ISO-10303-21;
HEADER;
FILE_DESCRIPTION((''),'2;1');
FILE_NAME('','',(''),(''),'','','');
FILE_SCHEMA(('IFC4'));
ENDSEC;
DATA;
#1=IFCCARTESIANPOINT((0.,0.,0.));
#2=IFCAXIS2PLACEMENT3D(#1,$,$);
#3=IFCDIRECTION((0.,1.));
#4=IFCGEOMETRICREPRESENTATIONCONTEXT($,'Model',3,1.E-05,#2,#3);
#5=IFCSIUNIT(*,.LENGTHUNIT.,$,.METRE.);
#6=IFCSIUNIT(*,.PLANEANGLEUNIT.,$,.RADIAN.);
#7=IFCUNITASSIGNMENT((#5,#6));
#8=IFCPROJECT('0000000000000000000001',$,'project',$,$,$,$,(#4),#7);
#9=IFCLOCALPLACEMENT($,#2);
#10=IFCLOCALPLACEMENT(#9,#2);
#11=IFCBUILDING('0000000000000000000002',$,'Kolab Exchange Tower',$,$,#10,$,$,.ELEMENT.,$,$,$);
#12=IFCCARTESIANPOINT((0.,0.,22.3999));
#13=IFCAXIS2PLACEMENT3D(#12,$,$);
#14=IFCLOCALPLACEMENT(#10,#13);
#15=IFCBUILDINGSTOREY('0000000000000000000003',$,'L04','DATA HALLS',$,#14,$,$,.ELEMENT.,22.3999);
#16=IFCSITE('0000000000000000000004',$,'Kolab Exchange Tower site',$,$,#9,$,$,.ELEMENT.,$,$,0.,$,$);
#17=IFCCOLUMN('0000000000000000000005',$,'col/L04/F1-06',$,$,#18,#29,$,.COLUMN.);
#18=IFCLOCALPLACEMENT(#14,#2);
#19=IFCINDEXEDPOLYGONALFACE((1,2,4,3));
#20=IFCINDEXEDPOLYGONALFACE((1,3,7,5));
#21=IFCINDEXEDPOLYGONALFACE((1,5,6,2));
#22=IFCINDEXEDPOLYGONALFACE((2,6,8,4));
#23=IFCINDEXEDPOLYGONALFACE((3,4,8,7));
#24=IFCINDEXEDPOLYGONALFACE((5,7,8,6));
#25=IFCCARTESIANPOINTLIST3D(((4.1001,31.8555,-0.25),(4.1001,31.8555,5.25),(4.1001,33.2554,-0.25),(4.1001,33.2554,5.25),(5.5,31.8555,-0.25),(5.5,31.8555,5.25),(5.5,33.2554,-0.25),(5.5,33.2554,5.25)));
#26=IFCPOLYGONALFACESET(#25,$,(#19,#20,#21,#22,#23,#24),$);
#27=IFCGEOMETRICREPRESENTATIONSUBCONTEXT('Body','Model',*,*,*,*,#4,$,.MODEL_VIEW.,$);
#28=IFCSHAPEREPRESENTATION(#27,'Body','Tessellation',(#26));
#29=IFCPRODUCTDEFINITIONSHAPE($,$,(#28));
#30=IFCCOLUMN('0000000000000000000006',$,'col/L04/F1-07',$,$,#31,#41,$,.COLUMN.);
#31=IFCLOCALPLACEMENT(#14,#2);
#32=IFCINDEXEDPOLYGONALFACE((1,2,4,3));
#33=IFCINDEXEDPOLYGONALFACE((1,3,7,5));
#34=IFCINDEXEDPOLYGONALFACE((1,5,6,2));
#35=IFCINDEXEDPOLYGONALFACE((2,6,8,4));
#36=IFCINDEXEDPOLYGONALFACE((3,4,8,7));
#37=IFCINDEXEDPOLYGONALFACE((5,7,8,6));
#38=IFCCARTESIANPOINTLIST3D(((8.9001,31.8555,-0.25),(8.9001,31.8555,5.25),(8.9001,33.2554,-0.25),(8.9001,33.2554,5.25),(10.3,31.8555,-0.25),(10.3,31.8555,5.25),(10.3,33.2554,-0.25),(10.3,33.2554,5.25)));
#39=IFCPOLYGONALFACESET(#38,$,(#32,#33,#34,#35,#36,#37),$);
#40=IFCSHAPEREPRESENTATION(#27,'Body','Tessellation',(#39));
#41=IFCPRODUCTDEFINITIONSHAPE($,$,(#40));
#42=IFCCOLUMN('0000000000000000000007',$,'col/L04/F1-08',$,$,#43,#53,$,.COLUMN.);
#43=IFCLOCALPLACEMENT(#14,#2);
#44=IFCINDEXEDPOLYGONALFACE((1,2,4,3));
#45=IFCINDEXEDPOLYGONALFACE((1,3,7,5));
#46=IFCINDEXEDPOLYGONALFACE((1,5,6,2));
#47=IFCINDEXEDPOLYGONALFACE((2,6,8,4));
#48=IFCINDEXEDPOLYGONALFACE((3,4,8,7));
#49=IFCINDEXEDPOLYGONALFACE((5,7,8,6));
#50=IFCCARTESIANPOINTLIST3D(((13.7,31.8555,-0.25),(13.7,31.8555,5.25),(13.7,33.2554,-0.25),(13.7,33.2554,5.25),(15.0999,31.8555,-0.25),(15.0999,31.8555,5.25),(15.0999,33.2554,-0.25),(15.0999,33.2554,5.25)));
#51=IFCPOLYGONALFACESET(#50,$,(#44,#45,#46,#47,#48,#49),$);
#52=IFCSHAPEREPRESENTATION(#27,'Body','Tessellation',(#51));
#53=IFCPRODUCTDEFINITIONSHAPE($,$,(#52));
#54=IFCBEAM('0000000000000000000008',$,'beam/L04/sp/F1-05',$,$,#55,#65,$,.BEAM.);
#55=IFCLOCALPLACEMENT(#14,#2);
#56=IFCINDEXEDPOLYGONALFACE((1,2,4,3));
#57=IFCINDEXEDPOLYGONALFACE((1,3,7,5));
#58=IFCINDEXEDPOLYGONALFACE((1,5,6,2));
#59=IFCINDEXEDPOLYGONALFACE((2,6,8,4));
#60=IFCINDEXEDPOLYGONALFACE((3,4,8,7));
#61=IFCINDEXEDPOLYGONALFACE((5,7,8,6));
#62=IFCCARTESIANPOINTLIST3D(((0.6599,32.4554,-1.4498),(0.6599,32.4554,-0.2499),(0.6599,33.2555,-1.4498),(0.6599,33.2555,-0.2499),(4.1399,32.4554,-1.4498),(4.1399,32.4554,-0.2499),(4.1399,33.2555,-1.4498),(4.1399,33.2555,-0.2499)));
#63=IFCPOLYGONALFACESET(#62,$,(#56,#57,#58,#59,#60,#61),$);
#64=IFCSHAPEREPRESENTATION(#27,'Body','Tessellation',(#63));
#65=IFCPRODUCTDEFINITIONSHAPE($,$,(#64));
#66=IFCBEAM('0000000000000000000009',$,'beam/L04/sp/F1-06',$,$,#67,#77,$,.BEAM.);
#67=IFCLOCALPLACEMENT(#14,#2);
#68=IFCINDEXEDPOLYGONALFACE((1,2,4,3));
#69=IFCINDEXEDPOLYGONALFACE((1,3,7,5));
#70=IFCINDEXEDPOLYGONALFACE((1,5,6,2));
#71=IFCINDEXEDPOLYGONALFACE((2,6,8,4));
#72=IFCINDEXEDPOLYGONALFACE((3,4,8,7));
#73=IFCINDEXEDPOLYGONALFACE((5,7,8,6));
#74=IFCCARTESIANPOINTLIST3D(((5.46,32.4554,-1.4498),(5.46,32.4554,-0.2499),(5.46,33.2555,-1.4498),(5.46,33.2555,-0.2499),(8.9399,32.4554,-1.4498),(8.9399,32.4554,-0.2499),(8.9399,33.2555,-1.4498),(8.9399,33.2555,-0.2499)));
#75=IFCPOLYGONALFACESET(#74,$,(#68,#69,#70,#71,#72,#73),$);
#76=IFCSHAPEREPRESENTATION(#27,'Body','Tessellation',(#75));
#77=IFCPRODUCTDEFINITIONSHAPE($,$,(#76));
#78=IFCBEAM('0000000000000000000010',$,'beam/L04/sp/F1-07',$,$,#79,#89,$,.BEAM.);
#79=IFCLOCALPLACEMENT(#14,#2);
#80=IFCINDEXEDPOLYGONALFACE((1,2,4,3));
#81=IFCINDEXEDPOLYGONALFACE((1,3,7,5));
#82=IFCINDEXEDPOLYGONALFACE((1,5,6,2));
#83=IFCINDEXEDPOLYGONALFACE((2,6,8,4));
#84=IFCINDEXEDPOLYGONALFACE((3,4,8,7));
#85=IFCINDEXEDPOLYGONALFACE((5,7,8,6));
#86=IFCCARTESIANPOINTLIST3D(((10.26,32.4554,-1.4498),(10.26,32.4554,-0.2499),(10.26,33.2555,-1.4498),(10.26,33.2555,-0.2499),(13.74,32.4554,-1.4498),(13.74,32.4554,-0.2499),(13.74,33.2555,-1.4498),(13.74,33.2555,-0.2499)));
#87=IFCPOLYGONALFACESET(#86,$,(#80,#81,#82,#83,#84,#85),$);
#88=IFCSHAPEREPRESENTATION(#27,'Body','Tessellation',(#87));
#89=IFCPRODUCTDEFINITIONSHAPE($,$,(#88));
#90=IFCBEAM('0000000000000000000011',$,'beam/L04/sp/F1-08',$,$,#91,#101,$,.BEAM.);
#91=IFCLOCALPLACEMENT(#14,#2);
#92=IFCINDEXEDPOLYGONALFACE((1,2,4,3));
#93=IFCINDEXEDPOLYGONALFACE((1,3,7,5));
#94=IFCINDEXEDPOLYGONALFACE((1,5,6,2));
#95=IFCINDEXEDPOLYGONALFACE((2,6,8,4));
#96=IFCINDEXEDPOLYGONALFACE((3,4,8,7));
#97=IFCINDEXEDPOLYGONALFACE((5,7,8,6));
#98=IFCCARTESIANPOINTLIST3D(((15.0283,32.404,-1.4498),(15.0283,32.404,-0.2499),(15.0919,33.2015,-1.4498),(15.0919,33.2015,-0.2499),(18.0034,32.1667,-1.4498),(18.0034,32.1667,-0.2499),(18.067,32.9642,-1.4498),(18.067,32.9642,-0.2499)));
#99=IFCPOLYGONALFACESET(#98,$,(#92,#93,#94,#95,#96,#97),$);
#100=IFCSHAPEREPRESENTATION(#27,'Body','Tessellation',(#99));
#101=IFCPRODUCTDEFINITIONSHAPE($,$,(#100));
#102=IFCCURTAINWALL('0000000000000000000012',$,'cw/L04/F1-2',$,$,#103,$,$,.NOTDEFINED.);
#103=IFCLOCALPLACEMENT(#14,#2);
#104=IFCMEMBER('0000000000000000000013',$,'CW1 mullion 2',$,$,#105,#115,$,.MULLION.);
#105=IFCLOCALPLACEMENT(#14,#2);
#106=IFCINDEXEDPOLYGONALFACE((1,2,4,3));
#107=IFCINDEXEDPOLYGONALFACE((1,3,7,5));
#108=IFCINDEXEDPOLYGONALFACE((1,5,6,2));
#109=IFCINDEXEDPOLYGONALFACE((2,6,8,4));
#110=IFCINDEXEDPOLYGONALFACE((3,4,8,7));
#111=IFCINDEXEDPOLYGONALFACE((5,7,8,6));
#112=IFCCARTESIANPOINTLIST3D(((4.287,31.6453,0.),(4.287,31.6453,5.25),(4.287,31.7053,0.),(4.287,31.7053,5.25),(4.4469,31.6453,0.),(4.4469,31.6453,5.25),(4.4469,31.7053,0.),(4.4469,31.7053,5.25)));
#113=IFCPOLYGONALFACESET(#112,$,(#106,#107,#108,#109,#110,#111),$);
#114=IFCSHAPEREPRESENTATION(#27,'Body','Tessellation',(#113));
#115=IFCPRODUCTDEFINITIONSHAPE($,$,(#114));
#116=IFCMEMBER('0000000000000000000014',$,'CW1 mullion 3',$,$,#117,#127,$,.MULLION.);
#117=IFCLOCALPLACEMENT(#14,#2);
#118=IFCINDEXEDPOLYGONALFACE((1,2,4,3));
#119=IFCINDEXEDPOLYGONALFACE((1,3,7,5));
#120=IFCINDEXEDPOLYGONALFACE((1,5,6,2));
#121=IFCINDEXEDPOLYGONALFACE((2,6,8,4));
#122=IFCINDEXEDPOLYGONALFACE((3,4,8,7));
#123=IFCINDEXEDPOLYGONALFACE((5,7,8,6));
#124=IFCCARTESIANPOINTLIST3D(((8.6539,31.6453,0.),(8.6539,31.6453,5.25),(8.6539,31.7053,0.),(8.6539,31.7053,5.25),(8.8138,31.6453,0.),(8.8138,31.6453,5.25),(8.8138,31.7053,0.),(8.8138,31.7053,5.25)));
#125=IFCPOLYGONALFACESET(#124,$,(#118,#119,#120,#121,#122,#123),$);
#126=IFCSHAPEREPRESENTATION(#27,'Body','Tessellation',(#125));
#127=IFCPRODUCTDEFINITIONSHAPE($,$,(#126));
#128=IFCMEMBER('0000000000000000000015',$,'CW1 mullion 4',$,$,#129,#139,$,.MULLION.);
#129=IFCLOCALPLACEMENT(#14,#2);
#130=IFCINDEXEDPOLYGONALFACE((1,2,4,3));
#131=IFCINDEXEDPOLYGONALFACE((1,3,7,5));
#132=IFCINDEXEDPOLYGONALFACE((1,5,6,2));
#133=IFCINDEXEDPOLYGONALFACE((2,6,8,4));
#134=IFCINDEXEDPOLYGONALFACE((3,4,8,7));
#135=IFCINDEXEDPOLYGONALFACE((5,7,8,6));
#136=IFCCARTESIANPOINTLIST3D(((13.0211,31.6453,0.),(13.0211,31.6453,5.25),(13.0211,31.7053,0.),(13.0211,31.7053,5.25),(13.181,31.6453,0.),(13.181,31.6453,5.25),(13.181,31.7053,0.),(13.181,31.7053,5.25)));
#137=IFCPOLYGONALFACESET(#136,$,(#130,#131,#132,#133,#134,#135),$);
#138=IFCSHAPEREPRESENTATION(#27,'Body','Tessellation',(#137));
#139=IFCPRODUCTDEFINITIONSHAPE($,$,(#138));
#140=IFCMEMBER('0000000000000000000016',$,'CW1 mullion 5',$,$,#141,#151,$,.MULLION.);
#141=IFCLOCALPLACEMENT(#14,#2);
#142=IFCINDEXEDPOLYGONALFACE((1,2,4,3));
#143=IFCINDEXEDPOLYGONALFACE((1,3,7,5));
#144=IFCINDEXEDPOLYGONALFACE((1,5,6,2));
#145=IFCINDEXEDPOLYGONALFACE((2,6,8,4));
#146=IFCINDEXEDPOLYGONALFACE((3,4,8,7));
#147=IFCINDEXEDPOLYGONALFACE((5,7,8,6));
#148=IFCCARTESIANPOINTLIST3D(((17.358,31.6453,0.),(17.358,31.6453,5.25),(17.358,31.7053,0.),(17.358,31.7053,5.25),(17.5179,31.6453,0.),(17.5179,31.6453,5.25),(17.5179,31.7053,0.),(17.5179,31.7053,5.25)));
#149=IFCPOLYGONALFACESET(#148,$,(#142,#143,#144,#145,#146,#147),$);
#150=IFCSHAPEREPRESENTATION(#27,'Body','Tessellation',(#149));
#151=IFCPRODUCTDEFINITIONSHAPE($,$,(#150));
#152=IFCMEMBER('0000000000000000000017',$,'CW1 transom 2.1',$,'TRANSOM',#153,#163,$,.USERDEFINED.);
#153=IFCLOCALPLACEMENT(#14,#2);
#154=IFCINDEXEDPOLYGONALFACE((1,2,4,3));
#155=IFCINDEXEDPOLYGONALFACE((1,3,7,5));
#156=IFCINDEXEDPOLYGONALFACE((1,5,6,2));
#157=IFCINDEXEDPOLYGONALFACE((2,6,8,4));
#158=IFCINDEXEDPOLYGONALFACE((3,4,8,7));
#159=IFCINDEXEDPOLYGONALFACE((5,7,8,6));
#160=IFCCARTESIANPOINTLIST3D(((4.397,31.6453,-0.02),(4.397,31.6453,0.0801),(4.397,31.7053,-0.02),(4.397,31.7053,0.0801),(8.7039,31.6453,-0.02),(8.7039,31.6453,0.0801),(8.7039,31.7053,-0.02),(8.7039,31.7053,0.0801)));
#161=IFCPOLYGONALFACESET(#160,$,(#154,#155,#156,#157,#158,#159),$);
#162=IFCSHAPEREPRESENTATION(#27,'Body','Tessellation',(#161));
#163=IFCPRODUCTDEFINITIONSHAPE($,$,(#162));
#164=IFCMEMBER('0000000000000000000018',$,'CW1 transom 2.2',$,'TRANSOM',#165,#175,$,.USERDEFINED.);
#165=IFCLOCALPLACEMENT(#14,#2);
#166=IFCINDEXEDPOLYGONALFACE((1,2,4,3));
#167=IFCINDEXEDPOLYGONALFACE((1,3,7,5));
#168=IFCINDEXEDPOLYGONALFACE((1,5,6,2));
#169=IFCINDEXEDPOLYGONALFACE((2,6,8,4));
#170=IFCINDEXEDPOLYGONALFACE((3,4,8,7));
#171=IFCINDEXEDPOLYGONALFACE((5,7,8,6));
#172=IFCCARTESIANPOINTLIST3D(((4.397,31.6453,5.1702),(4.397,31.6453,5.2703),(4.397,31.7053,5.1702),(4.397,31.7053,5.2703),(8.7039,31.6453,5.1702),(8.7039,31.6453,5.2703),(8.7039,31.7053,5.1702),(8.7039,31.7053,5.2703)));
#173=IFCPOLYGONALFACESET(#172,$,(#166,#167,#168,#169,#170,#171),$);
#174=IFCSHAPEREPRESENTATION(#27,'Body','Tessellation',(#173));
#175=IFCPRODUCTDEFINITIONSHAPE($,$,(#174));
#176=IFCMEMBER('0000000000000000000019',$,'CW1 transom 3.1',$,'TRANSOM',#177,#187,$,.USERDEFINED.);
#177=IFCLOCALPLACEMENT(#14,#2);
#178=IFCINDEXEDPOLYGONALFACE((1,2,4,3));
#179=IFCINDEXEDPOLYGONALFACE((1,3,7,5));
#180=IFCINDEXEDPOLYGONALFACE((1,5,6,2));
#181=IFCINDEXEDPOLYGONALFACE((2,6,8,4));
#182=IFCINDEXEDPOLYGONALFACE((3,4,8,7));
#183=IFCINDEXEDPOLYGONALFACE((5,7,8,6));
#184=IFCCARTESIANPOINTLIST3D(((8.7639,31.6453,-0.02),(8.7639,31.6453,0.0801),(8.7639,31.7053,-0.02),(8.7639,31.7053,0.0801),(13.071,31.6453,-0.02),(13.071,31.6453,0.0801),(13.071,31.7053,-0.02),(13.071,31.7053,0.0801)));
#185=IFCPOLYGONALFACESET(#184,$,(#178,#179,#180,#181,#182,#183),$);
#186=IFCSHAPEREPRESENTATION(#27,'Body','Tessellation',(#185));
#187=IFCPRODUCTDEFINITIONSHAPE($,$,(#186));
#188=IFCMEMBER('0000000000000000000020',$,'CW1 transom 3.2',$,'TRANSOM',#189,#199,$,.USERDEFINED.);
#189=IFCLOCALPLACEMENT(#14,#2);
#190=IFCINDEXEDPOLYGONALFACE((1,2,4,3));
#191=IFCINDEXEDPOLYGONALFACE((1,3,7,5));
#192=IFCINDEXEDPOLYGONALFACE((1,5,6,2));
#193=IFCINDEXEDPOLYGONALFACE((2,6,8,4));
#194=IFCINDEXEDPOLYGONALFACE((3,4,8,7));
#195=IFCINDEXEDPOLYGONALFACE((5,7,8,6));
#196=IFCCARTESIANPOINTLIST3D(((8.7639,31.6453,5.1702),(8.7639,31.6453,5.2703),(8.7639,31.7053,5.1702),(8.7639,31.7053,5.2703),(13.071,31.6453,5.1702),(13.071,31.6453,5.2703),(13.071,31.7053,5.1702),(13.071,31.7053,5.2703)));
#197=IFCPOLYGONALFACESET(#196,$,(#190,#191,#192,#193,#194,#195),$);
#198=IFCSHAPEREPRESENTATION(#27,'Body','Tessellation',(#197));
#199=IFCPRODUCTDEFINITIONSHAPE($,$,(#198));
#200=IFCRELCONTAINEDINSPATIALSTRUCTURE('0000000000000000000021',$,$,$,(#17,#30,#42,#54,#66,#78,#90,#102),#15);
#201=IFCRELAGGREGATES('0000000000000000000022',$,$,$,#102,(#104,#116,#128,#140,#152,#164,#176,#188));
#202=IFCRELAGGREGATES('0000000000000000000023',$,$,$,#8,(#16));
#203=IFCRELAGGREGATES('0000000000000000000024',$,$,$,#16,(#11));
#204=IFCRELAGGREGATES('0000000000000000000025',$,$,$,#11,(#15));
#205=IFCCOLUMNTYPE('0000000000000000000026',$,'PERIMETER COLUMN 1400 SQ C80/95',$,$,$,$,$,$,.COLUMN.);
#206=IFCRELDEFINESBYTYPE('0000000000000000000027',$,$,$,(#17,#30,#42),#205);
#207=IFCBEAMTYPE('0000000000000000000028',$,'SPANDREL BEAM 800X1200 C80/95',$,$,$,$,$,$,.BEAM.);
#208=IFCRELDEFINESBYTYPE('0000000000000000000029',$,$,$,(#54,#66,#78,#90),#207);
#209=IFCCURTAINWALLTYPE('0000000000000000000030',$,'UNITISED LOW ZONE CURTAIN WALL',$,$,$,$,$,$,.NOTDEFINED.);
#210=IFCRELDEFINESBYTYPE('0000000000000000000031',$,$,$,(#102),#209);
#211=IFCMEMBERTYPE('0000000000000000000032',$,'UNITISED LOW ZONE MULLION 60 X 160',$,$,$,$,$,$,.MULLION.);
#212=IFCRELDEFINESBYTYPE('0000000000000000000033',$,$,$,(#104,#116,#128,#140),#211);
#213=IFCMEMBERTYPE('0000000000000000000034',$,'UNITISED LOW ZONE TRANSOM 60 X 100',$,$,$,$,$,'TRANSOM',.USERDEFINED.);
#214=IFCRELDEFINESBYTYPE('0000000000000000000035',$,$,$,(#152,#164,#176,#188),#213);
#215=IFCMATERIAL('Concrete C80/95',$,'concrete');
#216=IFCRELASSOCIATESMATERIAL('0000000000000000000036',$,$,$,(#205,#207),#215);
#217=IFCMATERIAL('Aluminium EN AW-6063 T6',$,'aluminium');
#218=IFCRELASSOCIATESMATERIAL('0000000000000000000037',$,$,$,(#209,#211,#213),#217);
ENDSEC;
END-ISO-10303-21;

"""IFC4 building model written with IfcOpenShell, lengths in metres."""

from ifc_helpers import new_model, si_unit, direction, frame, origin, origin_2d, place, context, subcontext, project, spatial, rectangle, extrude, material, material_profile, profile_set, type_object, element, aggregate, save


model = new_model("IFC4")

# Units and contexts
model_context = context("Model", 3, precision=1e-05, world=origin(), true_north=direction((0.0, 1.0)))
body_context = subcontext(model_context, "Body", "Model", "MODEL_VIEW")
ifc_project = project(units=[si_unit("LENGTHUNIT", "METRE"), si_unit("PLANEANGLEUNIT", "RADIAN")], contexts=[model_context])

# Site, building, storey
site_placement = place(None, origin())
site = spatial("IfcSite", under=ifc_project, at=site_placement, Name="Kolab Exchange Tower site", CompositionType="ELEMENT", RefElevation=0.0)
building_placement = place(site_placement, origin())
building = spatial("IfcBuilding", under=site, at=building_placement, Name="Kolab Exchange Tower", CompositionType="ELEMENT")
storey_placement = place(building_placement, frame((0.0, 0.0, 22.3999)))
storey = spatial("IfcBuildingStorey", under=building, at=storey_placement, Name="L04", Description="DATA HALLS", CompositionType="ELEMENT", Elevation=22.3999)

# Columns
ifc_material_1 = material(Name="Concrete C80/95", Category="concrete")
ifc_material_profile_1 = material_profile(ifc_material_1, rectangle(XDim=1.3999, YDim=1.3999, at=origin_2d()), Name="RC1400")
ifc_profile_set_1 = profile_set([ifc_material_profile_1], Name="Concrete C80/95")
column_type = type_object("IfcColumnType", Name="PERIMETER COLUMN 1400 SQ C80/95", PredefinedType="COLUMN", material=ifc_profile_set_1)
for number, where, z_axis, x_axis, name in (
    (1, (4.8, 32.5554, -0.25), (0.0, 0.0, 1.0), (1.0, 0.0, 0.0), "col/L04/F1-06"),
    (2, (9.6001, 32.5554, -0.25), (0.0, 0.0, 1.0), (1.0, 0.0, 0.0), "col/L04/F1-07"),
    (3, (14.3999, 32.5554, -0.25), (0.0, 0.0, 1.0), (1.0, 0.0, 0.0), "col/L04/F1-08"),
):
    element("IfcColumn", number, at=place(storey_placement, frame(where, z_axis=z_axis, x_axis=x_axis)), inside=storey, type_object=column_type, Name=name, PredefinedType="COLUMN", context=body_context, shape_type="SweptSolid", body=[
        extrude(rectangle(XDim=1.3999, YDim=1.3999, at=origin_2d()), origin(), (0.0, 0.0, 1.0), 5.5),
    ])

# Beams
ifc_material_profile_2 = material_profile(ifc_material_1, rectangle(XDim=0.8, YDim=1.2, at=origin_2d()), Name="RC800X1200")
ifc_profile_set_2 = profile_set([ifc_material_profile_2], Name="Concrete C80/95")
beam_type = type_object("IfcBeamType", Name="SPANDREL BEAM 800X1200 C80/95", PredefinedType="BEAM", material=ifc_profile_set_2)
for number, where, z_axis, x_axis, name in (
    (4, (0.6599, 32.8555, -0.8499), (1.0, 0.0, 0.0), (0.0, 1.0, 0.0), "beam/L04/sp/F1-05"),
    (5, (5.46, 32.8555, -0.8499), (1.0, 0.0, 0.0), (0.0, 1.0, 0.0), "beam/L04/sp/F1-06"),
    (6, (10.26, 32.8555, -0.8499), (1.0, 0.0, 0.0), (0.0, 1.0, 0.0), "beam/L04/sp/F1-07"),
):
    element("IfcBeam", number, at=place(storey_placement, frame(where, z_axis=z_axis, x_axis=x_axis)), inside=storey, type_object=beam_type, Name=name, PredefinedType="BEAM", context=body_context, shape_type="SweptSolid", body=[
        extrude(rectangle(XDim=0.8, YDim=1.2, at=origin_2d()), origin(), (0.0, 0.0, 1.0), 3.48),
    ])
beam_placement = place(storey_placement, frame((15.0601, 32.8027, -0.8499), z_axis=(0.996834, -0.079511, 0.0), x_axis=(0.079511, 0.996834, 0.0)))
element("IfcBeam", 7, at=beam_placement, inside=storey, type_object=beam_type, Name="beam/L04/sp/F1-08", PredefinedType="BEAM", context=body_context, shape_type="SweptSolid", body=[
    extrude(rectangle(XDim=0.8, YDim=1.2, at=origin_2d()), origin(), (0.0, 0.0, 1.0), 2.9846),
])

# Curtain wall, members
ifc_material_2 = material(Name="Aluminium EN AW-6063 T6", Category="aluminium")
curtain_wall_type = type_object("IfcCurtainWallType", Name="UNITISED LOW ZONE CURTAIN WALL", PredefinedType="NOTDEFINED", material=ifc_material_2)
curtain_wall_placement = place(storey_placement, origin())
curtain_wall = element("IfcCurtainWall", 8, at=curtain_wall_placement, inside=storey, type_object=curtain_wall_type, Name="cw/L04/F1-2", PredefinedType="NOTDEFINED")
ifc_material_profile_3 = material_profile(ifc_material_2, rectangle(XDim=0.0601, YDim=0.1599, at=origin_2d()), Name="RECT 60X160")
ifc_profile_set_3 = profile_set([ifc_material_profile_3], Name="Aluminium EN AW-6063 T6")
member_type_1 = type_object("IfcMemberType", Name="UNITISED LOW ZONE MULLION 60 X 160", PredefinedType="MULLION", material=ifc_profile_set_3)
member_1_placement = place(storey_placement, frame((4.3669, 31.6753, 0.0), z_axis=(0.0, 0.0, 1.0), x_axis=(0.0, 1.0, 0.0)))
member_1 = element("IfcMember", 9, at=member_1_placement, type_object=member_type_1, Name="CW1 mullion 2", PredefinedType="MULLION", context=body_context, shape_type="SweptSolid", body=[
    extrude(rectangle(XDim=0.0601, YDim=0.1599, at=origin_2d()), origin(), (0.0, 0.0, 1.0), 5.25),
])
member_2_placement = place(storey_placement, frame((8.7339, 31.6753, 0.0), z_axis=(0.0, 0.0, 1.0), x_axis=(0.0, 1.0, 0.0)))
member_2 = element("IfcMember", 10, at=member_2_placement, type_object=member_type_1, Name="CW1 mullion 3", PredefinedType="MULLION", context=body_context, shape_type="SweptSolid", body=[
    extrude(rectangle(XDim=0.0601, YDim=0.1599, at=origin_2d()), origin(), (0.0, 0.0, 1.0), 5.25),
])
member_3_placement = place(storey_placement, frame((13.1011, 31.6753, 0.0), z_axis=(0.0, 0.0, 1.0), x_axis=(0.0, 1.0, 0.0)))
member_3 = element("IfcMember", 11, at=member_3_placement, type_object=member_type_1, Name="CW1 mullion 4", PredefinedType="MULLION", context=body_context, shape_type="SweptSolid", body=[
    extrude(rectangle(XDim=0.0601, YDim=0.1599, at=origin_2d()), origin(), (0.0, 0.0, 1.0), 5.25),
])
member_4_placement = place(storey_placement, frame((17.438, 31.6753, 0.0), z_axis=(0.0, 0.0, 1.0), x_axis=(0.0, 1.0, 0.0)))
member_4 = element("IfcMember", 12, at=member_4_placement, type_object=member_type_1, Name="CW1 mullion 5", PredefinedType="MULLION", context=body_context, shape_type="SweptSolid", body=[
    extrude(rectangle(XDim=0.0601, YDim=0.1599, at=origin_2d()), origin(), (0.0, 0.0, 1.0), 5.25),
])
ifc_material_profile_4 = material_profile(ifc_material_2, rectangle(XDim=0.0601, YDim=0.1001, at=origin_2d()), Name="RECT 60X100")
ifc_profile_set_4 = profile_set([ifc_material_profile_4], Name="Aluminium EN AW-6063 T6")
member_type_2 = type_object("IfcMemberType", Name="UNITISED LOW ZONE TRANSOM 60 X 100", ElementType="TRANSOM", PredefinedType="USERDEFINED", material=ifc_profile_set_4)
member_5_placement = place(storey_placement, frame((4.397, 31.6753, 0.03), z_axis=(1.0, 0.0, 0.0), x_axis=(0.0, 1.0, 0.0)))
member_5 = element("IfcMember", 13, at=member_5_placement, type_object=member_type_2, Name="CW1 transom 2.1", ObjectType="TRANSOM", PredefinedType="USERDEFINED", context=body_context, shape_type="SweptSolid", body=[
    extrude(rectangle(XDim=0.0601, YDim=0.1001, at=origin_2d()), origin(), (0.0, 0.0, 1.0), 4.3069),
])
member_6_placement = place(storey_placement, frame((4.397, 31.6753, 5.2202), z_axis=(1.0, 0.0, 0.0), x_axis=(0.0, 1.0, 0.0)))
member_6 = element("IfcMember", 14, at=member_6_placement, type_object=member_type_2, Name="CW1 transom 2.2", ObjectType="TRANSOM", PredefinedType="USERDEFINED", context=body_context, shape_type="SweptSolid", body=[
    extrude(rectangle(XDim=0.0601, YDim=0.1001, at=origin_2d()), origin(), (0.0, 0.0, 1.0), 4.3069),
])
member_7_placement = place(storey_placement, frame((8.7639, 31.6753, 0.03), z_axis=(1.0, 0.0, 0.0), x_axis=(0.0, 1.0, 0.0)))
member_7 = element("IfcMember", 15, at=member_7_placement, type_object=member_type_2, Name="CW1 transom 3.1", ObjectType="TRANSOM", PredefinedType="USERDEFINED", context=body_context, shape_type="SweptSolid", body=[
    extrude(rectangle(XDim=0.0601, YDim=0.1001, at=origin_2d()), origin(), (0.0, 0.0, 1.0), 4.3071),
])
member_8_placement = place(storey_placement, frame((8.7639, 31.6753, 5.2202), z_axis=(1.0, 0.0, 0.0), x_axis=(0.0, 1.0, 0.0)))
member_8 = element("IfcMember", 16, at=member_8_placement, type_object=member_type_2, Name="CW1 transom 3.2", ObjectType="TRANSOM", PredefinedType="USERDEFINED", context=body_context, shape_type="SweptSolid", body=[
    extrude(rectangle(XDim=0.0601, YDim=0.1001, at=origin_2d()), origin(), (0.0, 0.0, 1.0), 4.3071),
])
aggregate(curtain_wall, [member_1, member_2, member_3, member_4, member_5, member_6, member_7, member_8])

save(model, "model.ifc")
